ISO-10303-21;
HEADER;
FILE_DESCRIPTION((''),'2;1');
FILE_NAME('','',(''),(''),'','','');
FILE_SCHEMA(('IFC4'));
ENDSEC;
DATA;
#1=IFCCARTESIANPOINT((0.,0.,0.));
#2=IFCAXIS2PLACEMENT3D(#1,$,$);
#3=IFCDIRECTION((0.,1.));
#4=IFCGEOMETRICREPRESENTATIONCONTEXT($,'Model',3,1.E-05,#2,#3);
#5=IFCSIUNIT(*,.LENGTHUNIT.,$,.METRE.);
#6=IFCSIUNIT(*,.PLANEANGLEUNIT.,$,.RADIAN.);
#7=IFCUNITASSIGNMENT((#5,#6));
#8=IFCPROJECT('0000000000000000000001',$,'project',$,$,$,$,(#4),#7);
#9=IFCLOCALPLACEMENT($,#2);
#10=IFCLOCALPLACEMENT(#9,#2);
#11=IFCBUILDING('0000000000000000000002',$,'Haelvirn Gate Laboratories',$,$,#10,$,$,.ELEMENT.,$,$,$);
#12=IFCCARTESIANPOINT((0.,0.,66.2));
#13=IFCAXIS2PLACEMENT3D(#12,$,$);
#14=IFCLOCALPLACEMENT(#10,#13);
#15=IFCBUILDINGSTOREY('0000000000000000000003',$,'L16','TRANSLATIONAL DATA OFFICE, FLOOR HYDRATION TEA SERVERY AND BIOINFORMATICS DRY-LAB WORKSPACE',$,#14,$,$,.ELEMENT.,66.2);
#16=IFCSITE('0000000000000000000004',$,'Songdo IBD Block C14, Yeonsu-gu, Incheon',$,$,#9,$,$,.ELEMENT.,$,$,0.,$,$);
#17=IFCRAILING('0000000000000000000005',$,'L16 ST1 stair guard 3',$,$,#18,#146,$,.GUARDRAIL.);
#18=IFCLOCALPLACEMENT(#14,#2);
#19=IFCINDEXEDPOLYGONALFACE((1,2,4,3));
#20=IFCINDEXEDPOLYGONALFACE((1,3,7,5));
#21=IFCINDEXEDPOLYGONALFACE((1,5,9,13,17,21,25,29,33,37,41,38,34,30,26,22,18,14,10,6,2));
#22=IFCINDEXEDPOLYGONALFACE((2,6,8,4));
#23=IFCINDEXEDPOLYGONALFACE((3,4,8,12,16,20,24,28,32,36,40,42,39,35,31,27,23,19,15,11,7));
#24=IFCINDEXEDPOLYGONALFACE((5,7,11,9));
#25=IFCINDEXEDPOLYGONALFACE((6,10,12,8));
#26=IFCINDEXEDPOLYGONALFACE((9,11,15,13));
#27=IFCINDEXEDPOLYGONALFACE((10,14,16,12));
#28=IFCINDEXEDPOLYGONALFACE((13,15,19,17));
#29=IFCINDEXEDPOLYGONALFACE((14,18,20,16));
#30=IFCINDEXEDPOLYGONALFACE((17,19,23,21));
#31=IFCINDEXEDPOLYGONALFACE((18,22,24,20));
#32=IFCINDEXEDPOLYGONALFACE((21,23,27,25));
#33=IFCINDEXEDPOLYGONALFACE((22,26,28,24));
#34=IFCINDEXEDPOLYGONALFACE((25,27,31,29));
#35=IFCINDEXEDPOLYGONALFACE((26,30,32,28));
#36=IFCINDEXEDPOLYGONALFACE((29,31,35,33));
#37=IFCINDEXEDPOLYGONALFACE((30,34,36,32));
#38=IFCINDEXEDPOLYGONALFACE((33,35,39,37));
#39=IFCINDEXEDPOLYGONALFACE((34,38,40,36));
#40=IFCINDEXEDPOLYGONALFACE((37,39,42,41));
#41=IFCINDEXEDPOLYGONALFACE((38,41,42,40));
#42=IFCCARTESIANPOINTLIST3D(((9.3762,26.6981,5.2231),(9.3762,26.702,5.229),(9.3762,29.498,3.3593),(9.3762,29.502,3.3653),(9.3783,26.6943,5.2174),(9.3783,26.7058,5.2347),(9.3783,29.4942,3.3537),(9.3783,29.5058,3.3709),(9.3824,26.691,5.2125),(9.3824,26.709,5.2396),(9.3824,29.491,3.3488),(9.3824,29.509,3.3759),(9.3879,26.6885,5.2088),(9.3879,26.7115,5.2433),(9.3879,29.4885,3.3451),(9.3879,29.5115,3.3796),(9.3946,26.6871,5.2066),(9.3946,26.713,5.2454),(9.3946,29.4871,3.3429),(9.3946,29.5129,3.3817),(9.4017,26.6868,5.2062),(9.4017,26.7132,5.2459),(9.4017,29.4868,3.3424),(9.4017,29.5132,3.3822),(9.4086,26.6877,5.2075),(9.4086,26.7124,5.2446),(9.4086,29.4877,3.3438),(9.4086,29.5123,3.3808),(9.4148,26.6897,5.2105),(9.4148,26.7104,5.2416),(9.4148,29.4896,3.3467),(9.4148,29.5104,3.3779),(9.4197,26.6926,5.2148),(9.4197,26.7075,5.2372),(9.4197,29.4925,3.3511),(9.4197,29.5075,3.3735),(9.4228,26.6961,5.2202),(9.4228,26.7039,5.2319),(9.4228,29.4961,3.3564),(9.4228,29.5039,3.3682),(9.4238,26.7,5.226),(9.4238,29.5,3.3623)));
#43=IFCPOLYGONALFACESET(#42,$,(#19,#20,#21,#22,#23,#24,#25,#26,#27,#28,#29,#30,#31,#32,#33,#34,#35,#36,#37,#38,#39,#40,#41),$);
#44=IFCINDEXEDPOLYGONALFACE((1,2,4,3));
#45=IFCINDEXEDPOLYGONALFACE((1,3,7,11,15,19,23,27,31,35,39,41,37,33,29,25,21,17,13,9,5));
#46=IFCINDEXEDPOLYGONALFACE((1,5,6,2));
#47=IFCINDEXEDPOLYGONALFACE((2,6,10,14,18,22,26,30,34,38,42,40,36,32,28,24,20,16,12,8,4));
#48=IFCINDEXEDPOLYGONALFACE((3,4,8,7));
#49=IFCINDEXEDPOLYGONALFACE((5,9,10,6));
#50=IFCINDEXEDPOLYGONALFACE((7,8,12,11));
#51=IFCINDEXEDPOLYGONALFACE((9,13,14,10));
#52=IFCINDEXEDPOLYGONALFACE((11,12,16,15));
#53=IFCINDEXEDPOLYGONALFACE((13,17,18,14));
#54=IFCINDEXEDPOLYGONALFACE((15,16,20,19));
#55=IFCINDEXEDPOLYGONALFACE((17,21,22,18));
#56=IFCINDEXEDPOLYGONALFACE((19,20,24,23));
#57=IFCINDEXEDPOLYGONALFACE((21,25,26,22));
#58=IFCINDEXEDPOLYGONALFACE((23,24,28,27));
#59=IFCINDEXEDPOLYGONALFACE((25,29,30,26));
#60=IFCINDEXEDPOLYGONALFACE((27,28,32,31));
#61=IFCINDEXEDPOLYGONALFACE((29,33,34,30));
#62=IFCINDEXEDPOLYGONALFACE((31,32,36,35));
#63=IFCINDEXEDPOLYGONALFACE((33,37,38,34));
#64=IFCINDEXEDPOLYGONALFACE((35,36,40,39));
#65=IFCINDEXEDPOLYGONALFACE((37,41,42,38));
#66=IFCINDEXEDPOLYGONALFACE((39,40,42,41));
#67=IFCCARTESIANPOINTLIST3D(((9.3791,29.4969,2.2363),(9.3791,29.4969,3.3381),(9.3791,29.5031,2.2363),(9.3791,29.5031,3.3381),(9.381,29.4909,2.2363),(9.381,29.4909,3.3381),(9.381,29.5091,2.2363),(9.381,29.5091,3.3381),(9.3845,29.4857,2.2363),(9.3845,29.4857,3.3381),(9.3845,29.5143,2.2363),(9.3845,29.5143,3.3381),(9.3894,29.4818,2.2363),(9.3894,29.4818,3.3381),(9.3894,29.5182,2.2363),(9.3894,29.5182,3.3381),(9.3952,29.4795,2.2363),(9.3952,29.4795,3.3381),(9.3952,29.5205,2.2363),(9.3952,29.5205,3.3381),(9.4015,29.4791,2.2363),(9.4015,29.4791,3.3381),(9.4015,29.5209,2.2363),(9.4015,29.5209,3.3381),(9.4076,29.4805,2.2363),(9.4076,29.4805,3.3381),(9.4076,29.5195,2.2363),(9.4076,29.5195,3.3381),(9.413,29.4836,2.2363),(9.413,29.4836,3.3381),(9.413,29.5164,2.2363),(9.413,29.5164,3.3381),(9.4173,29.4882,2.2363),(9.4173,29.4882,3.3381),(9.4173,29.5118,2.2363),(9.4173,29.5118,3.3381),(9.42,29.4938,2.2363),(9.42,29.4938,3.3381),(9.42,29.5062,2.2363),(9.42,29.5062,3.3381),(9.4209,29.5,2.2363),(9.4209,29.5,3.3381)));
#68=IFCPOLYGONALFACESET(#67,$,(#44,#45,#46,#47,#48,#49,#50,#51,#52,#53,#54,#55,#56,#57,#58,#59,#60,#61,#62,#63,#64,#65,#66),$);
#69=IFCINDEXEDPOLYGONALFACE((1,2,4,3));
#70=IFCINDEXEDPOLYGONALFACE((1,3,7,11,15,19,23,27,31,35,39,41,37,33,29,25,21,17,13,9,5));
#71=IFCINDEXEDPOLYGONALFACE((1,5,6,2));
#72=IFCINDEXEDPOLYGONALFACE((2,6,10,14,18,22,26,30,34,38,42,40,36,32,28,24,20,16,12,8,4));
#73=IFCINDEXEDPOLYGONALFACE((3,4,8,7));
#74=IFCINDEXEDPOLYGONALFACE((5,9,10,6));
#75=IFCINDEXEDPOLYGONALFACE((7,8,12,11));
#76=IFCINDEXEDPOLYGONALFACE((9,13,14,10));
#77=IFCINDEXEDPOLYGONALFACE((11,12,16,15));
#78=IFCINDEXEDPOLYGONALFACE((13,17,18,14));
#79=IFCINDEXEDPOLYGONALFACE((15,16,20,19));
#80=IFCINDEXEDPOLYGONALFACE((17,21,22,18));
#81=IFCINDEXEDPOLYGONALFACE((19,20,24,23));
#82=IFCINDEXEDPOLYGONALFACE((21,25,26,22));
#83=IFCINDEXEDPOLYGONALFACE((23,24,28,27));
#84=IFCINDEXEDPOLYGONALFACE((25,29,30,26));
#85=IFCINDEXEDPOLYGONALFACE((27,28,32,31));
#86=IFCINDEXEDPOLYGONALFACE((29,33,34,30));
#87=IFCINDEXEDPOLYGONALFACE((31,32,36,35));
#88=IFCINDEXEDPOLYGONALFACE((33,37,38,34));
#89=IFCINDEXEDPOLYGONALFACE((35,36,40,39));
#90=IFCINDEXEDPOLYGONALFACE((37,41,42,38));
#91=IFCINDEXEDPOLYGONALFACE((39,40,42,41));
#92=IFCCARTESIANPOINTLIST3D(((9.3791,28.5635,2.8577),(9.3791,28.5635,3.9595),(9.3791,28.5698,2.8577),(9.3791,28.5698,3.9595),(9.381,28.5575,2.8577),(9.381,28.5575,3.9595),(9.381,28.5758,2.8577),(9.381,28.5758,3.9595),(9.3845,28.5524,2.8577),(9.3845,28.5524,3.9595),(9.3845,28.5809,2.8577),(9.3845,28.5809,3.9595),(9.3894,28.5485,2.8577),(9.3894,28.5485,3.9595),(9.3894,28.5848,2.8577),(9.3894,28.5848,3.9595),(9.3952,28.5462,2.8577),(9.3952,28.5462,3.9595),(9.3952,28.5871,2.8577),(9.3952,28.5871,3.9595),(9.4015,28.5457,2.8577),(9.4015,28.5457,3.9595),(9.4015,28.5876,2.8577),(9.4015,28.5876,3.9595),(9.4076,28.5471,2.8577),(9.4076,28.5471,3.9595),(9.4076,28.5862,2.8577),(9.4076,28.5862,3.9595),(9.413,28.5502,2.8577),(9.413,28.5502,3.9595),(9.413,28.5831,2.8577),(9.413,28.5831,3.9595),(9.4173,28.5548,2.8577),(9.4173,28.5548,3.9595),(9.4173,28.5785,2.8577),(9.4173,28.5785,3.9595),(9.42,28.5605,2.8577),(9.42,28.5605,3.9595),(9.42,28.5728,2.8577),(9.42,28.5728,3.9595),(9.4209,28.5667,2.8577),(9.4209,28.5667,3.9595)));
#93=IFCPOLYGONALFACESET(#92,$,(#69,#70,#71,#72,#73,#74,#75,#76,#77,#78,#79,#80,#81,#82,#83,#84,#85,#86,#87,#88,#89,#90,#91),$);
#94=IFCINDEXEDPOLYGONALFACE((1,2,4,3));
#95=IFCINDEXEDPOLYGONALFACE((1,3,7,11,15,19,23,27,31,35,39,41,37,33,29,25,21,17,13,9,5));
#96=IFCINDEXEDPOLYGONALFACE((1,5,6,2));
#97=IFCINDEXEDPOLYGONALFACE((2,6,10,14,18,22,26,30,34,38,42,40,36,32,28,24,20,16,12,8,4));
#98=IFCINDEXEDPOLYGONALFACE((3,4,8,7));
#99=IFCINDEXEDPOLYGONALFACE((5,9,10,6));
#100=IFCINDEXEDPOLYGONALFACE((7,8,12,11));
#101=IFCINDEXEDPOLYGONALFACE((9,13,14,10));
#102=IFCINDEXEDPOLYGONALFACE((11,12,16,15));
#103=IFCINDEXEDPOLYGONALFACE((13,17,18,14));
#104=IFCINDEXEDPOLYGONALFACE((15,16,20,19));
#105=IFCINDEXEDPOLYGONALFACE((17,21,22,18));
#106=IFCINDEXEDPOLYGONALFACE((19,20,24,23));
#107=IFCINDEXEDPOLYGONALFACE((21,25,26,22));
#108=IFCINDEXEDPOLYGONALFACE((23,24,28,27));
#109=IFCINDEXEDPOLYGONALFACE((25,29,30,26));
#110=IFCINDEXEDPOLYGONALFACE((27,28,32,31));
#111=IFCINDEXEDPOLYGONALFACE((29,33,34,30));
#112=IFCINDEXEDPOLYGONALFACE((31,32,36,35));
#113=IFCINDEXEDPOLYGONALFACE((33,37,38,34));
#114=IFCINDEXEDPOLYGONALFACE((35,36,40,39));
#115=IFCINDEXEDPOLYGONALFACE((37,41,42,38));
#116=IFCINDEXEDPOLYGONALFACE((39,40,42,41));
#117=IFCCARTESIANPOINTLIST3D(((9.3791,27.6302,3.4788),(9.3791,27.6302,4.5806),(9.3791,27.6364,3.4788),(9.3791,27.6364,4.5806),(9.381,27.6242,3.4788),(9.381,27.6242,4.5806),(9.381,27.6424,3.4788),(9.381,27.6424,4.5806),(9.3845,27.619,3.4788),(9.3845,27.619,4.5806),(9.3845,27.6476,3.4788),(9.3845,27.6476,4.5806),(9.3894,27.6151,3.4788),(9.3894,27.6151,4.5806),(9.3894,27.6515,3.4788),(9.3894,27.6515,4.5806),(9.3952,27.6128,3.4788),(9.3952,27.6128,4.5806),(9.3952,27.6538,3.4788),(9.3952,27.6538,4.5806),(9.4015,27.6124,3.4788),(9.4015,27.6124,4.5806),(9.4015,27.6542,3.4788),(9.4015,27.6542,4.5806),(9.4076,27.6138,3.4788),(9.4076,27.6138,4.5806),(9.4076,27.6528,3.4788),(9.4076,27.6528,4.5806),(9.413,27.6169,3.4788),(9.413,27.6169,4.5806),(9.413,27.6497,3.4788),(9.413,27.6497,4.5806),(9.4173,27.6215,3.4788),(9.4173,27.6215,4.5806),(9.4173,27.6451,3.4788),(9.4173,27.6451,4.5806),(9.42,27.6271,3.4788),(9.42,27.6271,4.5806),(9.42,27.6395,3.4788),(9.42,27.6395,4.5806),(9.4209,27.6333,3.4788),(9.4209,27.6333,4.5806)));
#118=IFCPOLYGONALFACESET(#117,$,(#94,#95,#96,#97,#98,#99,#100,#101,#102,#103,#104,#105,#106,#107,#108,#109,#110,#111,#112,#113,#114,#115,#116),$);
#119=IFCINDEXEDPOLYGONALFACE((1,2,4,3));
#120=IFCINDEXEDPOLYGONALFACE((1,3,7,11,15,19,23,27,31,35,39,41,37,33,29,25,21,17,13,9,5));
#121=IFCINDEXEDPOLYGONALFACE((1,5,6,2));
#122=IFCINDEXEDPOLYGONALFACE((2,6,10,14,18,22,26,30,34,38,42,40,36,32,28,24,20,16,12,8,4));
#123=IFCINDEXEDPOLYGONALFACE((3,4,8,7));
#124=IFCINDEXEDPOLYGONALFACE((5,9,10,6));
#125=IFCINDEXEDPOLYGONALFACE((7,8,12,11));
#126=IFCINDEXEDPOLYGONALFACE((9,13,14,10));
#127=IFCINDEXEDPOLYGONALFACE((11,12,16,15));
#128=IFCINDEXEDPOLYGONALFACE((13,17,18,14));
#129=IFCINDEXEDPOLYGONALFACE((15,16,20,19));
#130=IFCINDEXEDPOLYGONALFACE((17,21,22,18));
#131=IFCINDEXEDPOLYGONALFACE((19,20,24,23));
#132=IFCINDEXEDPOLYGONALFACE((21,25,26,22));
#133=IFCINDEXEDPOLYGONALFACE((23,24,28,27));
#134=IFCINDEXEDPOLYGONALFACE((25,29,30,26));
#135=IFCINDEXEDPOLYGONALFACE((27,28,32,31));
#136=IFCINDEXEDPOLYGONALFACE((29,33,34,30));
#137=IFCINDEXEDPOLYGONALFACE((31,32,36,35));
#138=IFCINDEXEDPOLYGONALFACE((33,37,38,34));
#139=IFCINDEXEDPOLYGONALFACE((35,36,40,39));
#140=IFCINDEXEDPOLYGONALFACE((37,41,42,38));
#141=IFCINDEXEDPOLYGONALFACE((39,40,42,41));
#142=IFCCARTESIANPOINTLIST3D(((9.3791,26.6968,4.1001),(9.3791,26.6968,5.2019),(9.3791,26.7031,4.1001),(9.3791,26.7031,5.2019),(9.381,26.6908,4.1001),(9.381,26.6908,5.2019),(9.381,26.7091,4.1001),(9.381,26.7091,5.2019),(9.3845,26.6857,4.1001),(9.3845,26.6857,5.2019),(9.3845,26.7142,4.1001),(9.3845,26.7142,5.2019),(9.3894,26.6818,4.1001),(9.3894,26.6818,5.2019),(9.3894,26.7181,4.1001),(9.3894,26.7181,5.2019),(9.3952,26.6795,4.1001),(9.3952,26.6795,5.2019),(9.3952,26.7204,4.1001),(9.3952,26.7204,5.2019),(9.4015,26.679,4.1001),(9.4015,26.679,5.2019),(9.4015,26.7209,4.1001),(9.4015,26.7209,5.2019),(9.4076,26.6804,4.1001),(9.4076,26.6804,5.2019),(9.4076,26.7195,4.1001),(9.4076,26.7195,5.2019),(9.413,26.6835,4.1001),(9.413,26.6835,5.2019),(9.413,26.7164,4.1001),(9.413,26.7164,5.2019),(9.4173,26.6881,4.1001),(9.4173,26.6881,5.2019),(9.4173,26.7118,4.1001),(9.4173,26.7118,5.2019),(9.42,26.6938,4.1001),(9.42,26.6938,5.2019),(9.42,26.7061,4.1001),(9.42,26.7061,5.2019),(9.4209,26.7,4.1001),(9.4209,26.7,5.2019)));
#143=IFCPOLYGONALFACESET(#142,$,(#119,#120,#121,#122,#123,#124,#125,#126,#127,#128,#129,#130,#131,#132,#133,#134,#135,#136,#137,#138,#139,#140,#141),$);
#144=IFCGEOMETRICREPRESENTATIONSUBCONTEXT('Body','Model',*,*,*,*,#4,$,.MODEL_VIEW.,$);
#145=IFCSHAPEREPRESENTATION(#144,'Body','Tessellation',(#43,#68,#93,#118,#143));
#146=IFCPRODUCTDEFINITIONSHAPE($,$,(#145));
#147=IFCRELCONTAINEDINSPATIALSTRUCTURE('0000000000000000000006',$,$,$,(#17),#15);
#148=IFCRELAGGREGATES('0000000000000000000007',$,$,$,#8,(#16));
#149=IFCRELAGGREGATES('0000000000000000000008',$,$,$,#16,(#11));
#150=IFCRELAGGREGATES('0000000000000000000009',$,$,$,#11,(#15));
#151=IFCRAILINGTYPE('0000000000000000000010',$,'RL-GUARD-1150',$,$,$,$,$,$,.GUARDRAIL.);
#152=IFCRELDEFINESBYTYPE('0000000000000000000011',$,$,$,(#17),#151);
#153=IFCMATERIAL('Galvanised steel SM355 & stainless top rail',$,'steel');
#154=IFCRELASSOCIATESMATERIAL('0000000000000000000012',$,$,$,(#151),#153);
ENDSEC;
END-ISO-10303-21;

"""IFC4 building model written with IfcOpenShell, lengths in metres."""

from ifc_helpers import new_model, si_unit, direction, frame, origin, origin_2d, place, context, subcontext, project, spatial, circle, extrude, source, transform, mapped, material, type_object, element, save


model = new_model("IFC4")

# Units and contexts
model_context = context("Model", 3, precision=1e-05, world=origin(), true_north=direction((0.0, 1.0)))
body_context = subcontext(model_context, "Body", "Model", "MODEL_VIEW")
ifc_project = project(units=[si_unit("LENGTHUNIT", "METRE"), si_unit("PLANEANGLEUNIT", "RADIAN")], contexts=[model_context])

# Site, building, storey
site_placement = place(None, origin())
site = spatial("IfcSite", under=ifc_project, at=site_placement, Name="Songdo IBD Block C14, Yeonsu-gu, Incheon", CompositionType="ELEMENT", RefElevation=0.0)
building_placement = place(site_placement, origin())
building = spatial("IfcBuilding", under=site, at=building_placement, Name="Haelvirn Gate Laboratories", CompositionType="ELEMENT")
storey_placement = place(building_placement, frame((0.0, 0.0, 66.2)))
storey = spatial("IfcBuildingStorey", under=building, at=storey_placement, Name="L16", Description="TRANSLATIONAL DATA OFFICE, FLOOR HYDRATION TEA SERVERY AND BIOINFORMATICS DRY-LAB WORKSPACE", CompositionType="ELEMENT", Elevation=66.2)

# Railing
ifc_material_1 = material(Name="Galvanised steel SM355 & stainless top rail", Category="steel")
railing_type_1 = type_object("IfcRailingType", Name="RL-GUARD-1150", PredefinedType="GUARDRAIL", material=ifc_material_1)
shared_shape_1 = source(origin(), body_context, "Body", "SweptSolid", [
    extrude(circle(Radius=0.0239, at=origin_2d()), frame((0.0, 0.0, 1.126), z_axis=(0.0, -0.832452, 0.554097), x_axis=(1.0, 0.0, 0.0)), (0.0, 0.0, 1.0), 3.3635),
    extrude(circle(Radius=0.021, at=origin_2d()), origin(), (0.0, 0.0, 1.0), 1.1018),
    extrude(circle(Radius=0.021, at=origin_2d()), frame((0.0, -0.9333, 0.6213)), (0.0, 0.0, 1.0), 1.1018),
    extrude(circle(Radius=0.021, at=origin_2d()), frame((0.0, -1.8667, 1.2424)), (0.0, 0.0, 1.0), 1.1018),
    extrude(circle(Radius=0.021, at=origin_2d()), frame((0.0, -2.8, 1.8638)), (0.0, 0.0, 1.0), 1.1018),
])
railing_1_placement = place(storey_placement, frame((9.3999, 29.5, 2.2363)))
element("IfcRailing", 1, at=railing_1_placement, inside=storey, type_object=railing_type_1, Name="L16 ST1 stair guard 3", PredefinedType="GUARDRAIL", context=body_context, shape_type="MappedRepresentation", body=[
    mapped(shared_shape_1, transform((0.0, 0.0, 0.0), scale=1.0)),
])

save(model, "model.ifc")
